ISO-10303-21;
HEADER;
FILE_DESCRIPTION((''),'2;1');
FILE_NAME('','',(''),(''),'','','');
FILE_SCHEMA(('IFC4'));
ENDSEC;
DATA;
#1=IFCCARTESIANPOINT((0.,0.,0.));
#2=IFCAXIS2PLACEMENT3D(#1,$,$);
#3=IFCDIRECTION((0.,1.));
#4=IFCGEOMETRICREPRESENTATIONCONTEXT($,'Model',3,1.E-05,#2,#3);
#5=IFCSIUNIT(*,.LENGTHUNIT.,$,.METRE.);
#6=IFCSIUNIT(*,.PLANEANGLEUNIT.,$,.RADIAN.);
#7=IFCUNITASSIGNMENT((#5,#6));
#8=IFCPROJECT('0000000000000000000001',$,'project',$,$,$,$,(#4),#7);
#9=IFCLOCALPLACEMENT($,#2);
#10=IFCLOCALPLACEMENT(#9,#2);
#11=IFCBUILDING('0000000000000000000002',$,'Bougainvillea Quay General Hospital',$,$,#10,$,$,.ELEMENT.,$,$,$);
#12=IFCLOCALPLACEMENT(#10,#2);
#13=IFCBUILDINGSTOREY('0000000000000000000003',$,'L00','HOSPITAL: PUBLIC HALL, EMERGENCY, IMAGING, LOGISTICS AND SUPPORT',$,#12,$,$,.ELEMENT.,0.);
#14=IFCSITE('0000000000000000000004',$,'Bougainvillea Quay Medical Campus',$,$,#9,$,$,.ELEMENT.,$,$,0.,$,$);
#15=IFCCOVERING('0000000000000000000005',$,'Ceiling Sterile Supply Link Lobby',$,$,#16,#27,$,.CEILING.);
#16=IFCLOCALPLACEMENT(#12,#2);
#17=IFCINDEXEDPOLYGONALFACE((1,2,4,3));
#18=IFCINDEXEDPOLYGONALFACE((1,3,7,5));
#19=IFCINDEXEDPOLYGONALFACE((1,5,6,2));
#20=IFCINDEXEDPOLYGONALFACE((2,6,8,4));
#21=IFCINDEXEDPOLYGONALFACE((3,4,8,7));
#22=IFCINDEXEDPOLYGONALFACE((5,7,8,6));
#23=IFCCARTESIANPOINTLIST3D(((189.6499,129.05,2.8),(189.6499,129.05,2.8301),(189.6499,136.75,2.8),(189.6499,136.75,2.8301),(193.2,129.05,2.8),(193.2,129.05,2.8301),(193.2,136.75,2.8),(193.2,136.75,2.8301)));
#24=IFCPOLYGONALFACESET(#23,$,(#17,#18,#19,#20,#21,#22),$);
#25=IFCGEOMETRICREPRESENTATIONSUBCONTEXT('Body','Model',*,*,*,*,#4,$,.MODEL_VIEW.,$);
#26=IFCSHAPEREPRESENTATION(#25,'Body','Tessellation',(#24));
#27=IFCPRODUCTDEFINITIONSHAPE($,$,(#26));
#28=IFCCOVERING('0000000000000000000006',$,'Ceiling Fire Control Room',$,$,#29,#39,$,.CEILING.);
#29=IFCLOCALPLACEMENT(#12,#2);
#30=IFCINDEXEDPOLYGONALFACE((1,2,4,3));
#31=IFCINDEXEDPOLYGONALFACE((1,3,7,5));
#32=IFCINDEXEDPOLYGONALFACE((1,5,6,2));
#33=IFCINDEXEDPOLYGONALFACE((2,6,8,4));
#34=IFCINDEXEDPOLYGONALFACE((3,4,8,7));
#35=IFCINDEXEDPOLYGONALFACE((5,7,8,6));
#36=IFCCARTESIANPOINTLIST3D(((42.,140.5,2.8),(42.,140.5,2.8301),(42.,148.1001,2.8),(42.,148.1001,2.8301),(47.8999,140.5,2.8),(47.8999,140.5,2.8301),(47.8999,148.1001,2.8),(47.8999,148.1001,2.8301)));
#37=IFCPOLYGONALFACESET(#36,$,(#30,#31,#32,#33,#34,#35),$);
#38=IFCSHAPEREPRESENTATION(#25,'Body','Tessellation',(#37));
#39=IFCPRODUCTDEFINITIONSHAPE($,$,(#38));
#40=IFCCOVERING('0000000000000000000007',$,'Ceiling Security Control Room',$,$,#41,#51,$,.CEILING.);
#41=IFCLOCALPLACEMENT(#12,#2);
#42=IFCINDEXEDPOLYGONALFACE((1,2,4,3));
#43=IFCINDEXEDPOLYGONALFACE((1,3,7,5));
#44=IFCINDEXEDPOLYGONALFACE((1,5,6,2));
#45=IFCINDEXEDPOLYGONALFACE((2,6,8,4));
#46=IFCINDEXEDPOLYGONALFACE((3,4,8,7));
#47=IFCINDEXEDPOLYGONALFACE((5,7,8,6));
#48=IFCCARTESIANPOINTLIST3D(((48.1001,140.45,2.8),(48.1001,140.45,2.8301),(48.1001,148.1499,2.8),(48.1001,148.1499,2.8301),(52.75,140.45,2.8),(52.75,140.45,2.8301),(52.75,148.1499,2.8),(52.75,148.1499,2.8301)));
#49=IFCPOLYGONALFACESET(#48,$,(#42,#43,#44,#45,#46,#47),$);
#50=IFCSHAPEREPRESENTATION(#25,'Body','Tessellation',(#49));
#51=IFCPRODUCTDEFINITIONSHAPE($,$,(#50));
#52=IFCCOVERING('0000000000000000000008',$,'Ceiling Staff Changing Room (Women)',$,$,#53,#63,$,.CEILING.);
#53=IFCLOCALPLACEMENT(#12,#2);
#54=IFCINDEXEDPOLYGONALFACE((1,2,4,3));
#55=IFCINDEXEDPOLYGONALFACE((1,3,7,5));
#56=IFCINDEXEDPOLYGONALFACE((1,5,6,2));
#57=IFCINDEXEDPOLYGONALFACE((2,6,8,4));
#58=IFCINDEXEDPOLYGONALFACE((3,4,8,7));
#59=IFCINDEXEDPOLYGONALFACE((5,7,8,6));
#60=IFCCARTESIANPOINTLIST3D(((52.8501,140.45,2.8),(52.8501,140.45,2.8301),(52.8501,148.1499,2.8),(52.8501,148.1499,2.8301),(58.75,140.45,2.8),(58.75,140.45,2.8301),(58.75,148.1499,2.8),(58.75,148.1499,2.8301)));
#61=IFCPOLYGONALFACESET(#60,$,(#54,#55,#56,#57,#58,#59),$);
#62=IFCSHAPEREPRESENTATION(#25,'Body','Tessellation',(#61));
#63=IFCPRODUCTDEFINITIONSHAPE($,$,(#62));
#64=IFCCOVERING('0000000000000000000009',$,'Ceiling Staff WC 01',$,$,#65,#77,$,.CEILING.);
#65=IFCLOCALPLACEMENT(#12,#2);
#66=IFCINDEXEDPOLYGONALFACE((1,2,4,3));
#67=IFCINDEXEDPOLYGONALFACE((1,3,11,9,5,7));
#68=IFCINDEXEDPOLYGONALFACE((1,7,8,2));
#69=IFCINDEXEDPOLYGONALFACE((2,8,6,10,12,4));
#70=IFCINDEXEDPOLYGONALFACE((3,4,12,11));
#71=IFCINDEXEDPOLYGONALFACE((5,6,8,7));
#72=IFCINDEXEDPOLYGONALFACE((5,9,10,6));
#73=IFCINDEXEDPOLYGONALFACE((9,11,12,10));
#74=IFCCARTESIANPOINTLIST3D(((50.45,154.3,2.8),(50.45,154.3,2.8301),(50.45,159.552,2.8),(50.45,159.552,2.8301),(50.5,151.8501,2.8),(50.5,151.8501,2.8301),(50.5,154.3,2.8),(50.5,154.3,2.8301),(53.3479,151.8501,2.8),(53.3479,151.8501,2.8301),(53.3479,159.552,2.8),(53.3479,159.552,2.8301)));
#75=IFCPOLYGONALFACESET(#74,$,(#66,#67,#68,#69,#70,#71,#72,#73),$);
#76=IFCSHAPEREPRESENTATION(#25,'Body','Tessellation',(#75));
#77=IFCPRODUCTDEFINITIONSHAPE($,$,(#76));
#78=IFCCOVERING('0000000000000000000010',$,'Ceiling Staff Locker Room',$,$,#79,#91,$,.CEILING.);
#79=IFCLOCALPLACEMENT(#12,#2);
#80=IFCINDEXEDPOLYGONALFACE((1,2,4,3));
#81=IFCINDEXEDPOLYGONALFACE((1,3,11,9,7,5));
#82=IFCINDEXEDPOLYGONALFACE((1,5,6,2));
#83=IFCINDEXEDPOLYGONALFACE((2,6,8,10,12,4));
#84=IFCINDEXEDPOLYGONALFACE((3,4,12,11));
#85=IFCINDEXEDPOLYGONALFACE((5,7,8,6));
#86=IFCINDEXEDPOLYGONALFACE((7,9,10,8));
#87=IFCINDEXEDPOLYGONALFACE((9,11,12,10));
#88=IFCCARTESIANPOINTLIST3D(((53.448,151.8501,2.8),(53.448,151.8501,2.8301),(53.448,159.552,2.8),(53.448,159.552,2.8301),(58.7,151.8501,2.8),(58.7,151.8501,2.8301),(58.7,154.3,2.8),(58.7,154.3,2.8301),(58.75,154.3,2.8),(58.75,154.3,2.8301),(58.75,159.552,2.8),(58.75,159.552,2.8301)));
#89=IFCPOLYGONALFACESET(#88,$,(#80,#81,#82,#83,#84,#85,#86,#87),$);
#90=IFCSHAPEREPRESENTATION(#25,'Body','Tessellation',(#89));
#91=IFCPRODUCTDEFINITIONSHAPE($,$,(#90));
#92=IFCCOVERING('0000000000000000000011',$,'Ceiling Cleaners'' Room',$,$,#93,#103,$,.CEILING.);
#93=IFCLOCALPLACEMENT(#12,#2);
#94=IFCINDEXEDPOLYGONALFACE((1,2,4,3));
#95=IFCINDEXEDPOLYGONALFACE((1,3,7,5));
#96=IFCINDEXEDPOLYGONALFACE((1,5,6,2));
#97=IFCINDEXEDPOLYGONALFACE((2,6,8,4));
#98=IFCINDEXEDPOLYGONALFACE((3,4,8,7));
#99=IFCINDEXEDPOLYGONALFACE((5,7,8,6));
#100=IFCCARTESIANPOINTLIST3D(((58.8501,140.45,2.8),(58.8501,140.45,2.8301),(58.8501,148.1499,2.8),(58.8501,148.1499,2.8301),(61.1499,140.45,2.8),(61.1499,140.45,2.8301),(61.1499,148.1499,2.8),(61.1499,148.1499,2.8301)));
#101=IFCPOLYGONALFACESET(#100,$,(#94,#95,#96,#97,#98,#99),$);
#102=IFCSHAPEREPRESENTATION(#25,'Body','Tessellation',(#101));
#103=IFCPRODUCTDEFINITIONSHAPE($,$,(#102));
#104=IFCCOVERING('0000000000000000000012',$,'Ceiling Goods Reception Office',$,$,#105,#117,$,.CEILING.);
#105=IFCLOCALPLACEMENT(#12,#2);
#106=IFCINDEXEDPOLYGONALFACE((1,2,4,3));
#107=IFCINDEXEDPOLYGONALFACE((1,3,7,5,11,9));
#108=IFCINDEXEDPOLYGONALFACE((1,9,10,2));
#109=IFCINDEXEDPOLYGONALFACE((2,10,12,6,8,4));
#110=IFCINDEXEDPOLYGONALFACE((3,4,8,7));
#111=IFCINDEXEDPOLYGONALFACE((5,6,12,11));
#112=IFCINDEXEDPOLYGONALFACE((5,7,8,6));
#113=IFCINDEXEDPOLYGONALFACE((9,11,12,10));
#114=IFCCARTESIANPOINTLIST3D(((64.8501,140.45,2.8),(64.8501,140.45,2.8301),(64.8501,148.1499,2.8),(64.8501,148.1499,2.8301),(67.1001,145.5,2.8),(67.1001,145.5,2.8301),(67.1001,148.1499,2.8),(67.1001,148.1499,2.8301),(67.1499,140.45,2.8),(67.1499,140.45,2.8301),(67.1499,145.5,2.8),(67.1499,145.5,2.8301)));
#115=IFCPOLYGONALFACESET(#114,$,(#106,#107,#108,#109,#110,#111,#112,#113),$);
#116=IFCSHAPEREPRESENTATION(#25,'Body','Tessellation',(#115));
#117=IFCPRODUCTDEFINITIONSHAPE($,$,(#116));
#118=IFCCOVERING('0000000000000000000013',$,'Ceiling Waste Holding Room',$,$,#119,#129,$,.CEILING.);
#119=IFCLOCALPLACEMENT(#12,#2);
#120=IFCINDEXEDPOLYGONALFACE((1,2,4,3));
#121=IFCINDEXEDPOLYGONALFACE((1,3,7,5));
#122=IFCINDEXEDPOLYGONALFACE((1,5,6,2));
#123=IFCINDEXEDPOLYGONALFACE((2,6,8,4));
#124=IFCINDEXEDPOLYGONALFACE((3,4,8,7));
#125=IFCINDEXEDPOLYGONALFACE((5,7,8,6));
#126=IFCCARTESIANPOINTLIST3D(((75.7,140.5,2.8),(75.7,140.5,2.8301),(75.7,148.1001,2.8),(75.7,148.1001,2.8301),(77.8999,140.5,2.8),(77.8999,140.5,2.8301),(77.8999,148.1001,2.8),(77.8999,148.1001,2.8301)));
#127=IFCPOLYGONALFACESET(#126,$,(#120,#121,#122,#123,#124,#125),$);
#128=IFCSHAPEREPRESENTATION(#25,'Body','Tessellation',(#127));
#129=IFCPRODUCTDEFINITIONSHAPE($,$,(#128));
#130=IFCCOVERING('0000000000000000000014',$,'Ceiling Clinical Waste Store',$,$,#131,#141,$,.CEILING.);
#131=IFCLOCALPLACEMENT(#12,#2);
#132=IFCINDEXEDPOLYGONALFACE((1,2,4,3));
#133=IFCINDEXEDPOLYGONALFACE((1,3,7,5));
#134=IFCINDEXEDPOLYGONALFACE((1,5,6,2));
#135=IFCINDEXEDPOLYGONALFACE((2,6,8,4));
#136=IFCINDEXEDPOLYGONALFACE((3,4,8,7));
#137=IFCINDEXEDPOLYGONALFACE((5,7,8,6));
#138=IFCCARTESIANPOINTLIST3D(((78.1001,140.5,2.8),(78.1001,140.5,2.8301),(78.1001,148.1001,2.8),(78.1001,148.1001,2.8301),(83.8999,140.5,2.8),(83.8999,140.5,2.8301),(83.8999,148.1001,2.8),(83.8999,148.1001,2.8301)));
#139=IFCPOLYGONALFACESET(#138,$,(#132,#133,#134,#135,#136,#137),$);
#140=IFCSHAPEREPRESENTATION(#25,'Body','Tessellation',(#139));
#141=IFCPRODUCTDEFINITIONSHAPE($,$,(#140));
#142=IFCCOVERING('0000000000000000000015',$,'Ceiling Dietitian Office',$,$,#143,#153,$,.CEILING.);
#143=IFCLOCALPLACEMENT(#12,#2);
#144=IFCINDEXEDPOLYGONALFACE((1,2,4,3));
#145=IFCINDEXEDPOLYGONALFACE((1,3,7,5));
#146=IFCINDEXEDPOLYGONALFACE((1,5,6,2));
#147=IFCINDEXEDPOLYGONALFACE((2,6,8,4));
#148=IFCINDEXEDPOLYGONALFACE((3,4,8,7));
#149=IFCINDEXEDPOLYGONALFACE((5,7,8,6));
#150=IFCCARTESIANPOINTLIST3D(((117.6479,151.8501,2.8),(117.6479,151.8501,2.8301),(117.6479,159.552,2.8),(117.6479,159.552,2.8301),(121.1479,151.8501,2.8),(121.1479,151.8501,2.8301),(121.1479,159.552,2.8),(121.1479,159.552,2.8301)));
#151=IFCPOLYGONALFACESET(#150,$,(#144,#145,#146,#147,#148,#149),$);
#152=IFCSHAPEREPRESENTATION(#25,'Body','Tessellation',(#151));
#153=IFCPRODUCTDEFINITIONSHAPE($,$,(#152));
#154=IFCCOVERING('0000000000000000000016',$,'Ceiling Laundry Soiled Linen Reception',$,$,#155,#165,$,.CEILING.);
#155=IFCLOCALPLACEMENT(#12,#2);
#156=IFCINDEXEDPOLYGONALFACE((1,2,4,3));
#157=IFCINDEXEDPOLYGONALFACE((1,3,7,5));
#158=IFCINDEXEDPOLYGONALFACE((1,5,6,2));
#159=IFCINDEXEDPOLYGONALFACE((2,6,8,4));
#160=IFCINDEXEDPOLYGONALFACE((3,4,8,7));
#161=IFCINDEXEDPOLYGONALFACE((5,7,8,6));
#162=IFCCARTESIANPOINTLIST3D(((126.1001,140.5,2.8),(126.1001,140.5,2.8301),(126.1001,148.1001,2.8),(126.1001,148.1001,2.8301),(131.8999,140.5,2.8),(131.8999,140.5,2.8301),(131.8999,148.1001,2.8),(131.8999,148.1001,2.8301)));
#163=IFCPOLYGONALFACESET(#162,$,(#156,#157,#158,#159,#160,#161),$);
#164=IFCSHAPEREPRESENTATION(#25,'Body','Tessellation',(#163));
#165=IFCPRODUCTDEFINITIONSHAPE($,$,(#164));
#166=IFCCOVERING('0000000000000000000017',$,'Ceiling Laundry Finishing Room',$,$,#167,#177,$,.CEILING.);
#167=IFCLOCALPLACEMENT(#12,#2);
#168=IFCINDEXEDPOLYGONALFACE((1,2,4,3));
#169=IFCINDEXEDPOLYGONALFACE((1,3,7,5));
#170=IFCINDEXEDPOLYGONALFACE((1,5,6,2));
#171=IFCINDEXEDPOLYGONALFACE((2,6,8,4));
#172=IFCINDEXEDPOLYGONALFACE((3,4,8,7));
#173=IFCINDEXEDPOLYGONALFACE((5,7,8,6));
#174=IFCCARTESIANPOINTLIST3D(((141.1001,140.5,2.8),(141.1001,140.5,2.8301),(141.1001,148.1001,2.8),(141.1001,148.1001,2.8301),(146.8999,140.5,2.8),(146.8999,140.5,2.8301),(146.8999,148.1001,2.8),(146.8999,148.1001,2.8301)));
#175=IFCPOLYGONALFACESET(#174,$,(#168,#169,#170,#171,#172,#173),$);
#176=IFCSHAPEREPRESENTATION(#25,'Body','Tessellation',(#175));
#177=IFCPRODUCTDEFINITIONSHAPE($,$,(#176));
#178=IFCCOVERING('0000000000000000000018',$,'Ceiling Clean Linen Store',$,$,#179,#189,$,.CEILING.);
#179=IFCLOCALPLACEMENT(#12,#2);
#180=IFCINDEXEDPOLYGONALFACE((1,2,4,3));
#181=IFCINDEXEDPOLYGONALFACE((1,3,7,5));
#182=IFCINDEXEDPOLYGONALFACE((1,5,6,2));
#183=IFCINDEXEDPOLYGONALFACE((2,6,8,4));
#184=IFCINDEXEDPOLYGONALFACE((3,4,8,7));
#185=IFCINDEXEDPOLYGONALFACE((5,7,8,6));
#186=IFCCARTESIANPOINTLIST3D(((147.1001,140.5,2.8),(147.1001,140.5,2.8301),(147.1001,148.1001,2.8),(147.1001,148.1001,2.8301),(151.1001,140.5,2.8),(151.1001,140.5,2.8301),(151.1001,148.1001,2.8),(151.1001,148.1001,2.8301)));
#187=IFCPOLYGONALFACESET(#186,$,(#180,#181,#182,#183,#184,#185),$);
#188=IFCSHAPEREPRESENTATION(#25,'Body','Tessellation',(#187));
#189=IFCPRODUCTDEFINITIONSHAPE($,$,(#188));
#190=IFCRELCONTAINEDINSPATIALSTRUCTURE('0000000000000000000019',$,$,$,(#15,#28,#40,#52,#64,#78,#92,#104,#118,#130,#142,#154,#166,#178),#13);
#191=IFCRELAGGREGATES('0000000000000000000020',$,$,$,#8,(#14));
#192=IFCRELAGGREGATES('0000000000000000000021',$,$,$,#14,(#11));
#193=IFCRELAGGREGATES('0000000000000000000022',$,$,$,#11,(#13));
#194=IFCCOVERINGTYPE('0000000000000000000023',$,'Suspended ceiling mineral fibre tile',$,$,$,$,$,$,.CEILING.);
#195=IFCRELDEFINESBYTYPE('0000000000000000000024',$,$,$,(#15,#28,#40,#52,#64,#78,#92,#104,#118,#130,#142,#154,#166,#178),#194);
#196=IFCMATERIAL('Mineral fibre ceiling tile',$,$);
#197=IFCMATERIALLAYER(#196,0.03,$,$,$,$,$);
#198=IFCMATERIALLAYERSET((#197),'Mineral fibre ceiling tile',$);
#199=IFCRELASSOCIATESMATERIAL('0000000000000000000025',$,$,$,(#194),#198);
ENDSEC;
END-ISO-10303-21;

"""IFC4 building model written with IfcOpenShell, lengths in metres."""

from ifc_helpers import new_model, si_unit, direction, frame, origin, place, context, subcontext, project, spatial, polyline, outline, extrude, material, layer, layer_set, type_object, element, save


model = new_model("IFC4")

# Units and contexts
model_context = context("Model", 3, precision=1e-05, world=origin(), true_north=direction((0.0, 1.0)))
body_context = subcontext(model_context, "Body", "Model", "MODEL_VIEW")
ifc_project = project(units=[si_unit("LENGTHUNIT", "METRE"), si_unit("PLANEANGLEUNIT", "RADIAN")], contexts=[model_context])

# Site, building, storey
site_placement = place(None, origin())
site = spatial("IfcSite", under=ifc_project, at=site_placement, Name="Bougainvillea Quay Medical Campus", CompositionType="ELEMENT", RefElevation=0.0)
building_placement = place(site_placement, origin())
building = spatial("IfcBuilding", under=site, at=building_placement, Name="Bougainvillea Quay General Hospital", CompositionType="ELEMENT")
storey_placement = place(building_placement, origin())
storey = spatial("IfcBuildingStorey", under=building, at=storey_placement, Name="L00", Description="HOSPITAL: PUBLIC HALL, EMERGENCY, IMAGING, LOGISTICS AND SUPPORT", CompositionType="ELEMENT", Elevation=0.0)

# Coverings
ifc_material = material(Name="Mineral fibre ceiling tile")
ifc_layer = layer(ifc_material, 0.03)
ifc_layer_set = layer_set([ifc_layer], Name="Mineral fibre ceiling tile")
covering_type = type_object("IfcCoveringType", Name="Suspended ceiling mineral fibre tile", PredefinedType="CEILING", material=ifc_layer_set)
covering_1_placement = place(storey_placement, frame((0.0, 0.0, 2.8)))
element("IfcCovering", 1, at=covering_1_placement, inside=storey, type_object=covering_type, Name="Ceiling Sterile Supply Link Lobby", PredefinedType="CEILING", context=body_context, shape_type="SweptSolid", body=[
    extrude(outline(polyline([(193.2, 136.75), (189.6499, 136.75), (189.6499, 129.05), (193.2, 129.05), (193.2, 136.75)])), origin(), (0.0, 0.0, 1.0), 0.03),
])
covering_2_placement = place(storey_placement, frame((0.0, 0.0, 2.8)))
element("IfcCovering", 2, at=covering_2_placement, inside=storey, type_object=covering_type, Name="Ceiling Fire Control Room", PredefinedType="CEILING", context=body_context, shape_type="SweptSolid", body=[
    extrude(outline(polyline([(42.0, 140.5), (47.8999, 140.5), (47.8999, 148.1001), (42.0, 148.1001), (42.0, 140.5)])), origin(), (0.0, 0.0, 1.0), 0.03),
])
covering_3_placement = place(storey_placement, frame((0.0, 0.0, 2.8)))
element("IfcCovering", 3, at=covering_3_placement, inside=storey, type_object=covering_type, Name="Ceiling Security Control Room", PredefinedType="CEILING", context=body_context, shape_type="SweptSolid", body=[
    extrude(outline(polyline([(52.75, 140.45), (52.75, 148.1499), (48.1001, 148.1499), (48.1001, 140.45), (52.75, 140.45)])), origin(), (0.0, 0.0, 1.0), 0.03),
])
covering_4_placement = place(storey_placement, frame((0.0, 0.0, 2.8)))
element("IfcCovering", 4, at=covering_4_placement, inside=storey, type_object=covering_type, Name="Ceiling Staff Changing Room (Women)", PredefinedType="CEILING", context=body_context, shape_type="SweptSolid", body=[
    extrude(outline(polyline([(58.75, 140.45), (58.75, 148.1499), (52.8501, 148.1499), (52.8501, 140.45), (58.75, 140.45)])), origin(), (0.0, 0.0, 1.0), 0.03),
])
covering_5_placement = place(storey_placement, frame((0.0, 0.0, 2.8)))
element("IfcCovering", 5, at=covering_5_placement, inside=storey, type_object=covering_type, Name="Ceiling Staff WC 01", PredefinedType="CEILING", context=body_context, shape_type="SweptSolid", body=[
    extrude(outline(polyline([(53.3479, 151.8501), (53.3479, 159.552), (50.45, 159.552), (50.45, 154.3), (50.5, 154.3), (50.5, 151.8501), (53.3479, 151.8501)])), origin(), (0.0, 0.0, 1.0), 0.03),
])
covering_6_placement = place(storey_placement, frame((0.0, 0.0, 2.8)))
element("IfcCovering", 6, at=covering_6_placement, inside=storey, type_object=covering_type, Name="Ceiling Staff Locker Room", PredefinedType="CEILING", context=body_context, shape_type="SweptSolid", body=[
    extrude(outline(polyline([(58.75, 154.3), (58.75, 159.552), (53.448, 159.552), (53.448, 151.8501), (58.7, 151.8501), (58.7, 154.3), (58.75, 154.3)])), origin(), (0.0, 0.0, 1.0), 0.03),
])
covering_7_placement = place(storey_placement, frame((0.0, 0.0, 2.8)))
element("IfcCovering", 7, at=covering_7_placement, inside=storey, type_object=covering_type, Name="Ceiling Cleaners' Room", PredefinedType="CEILING", context=body_context, shape_type="SweptSolid", body=[
    extrude(outline(polyline([(61.1499, 140.45), (61.1499, 148.1499), (58.8501, 148.1499), (58.8501, 140.45), (61.1499, 140.45)])), origin(), (0.0, 0.0, 1.0), 0.03),
])
covering_8_placement = place(storey_placement, frame((0.0, 0.0, 2.8)))
element("IfcCovering", 8, at=covering_8_placement, inside=storey, type_object=covering_type, Name="Ceiling Goods Reception Office", PredefinedType="CEILING", context=body_context, shape_type="SweptSolid", body=[
    extrude(outline(polyline([(67.1499, 145.5), (67.1001, 145.5), (67.1001, 148.1499), (64.8501, 148.1499), (64.8501, 140.45), (67.1499, 140.45), (67.1499, 145.5)])), origin(), (0.0, 0.0, 1.0), 0.03),
])
covering_9_placement = place(storey_placement, frame((0.0, 0.0, 2.8)))
element("IfcCovering", 9, at=covering_9_placement, inside=storey, type_object=covering_type, Name="Ceiling Waste Holding Room", PredefinedType="CEILING", context=body_context, shape_type="SweptSolid", body=[
    extrude(outline(polyline([(77.8999, 140.5), (77.8999, 148.1001), (75.7, 148.1001), (75.7, 140.5), (77.8999, 140.5)])), origin(), (0.0, 0.0, 1.0), 0.03),
])
covering_10_placement = place(storey_placement, frame((0.0, 0.0, 2.8)))
element("IfcCovering", 10, at=covering_10_placement, inside=storey, type_object=covering_type, Name="Ceiling Clinical Waste Store", PredefinedType="CEILING", context=body_context, shape_type="SweptSolid", body=[
    extrude(outline(polyline([(78.1001, 148.1001), (78.1001, 140.5), (83.8999, 140.5), (83.8999, 148.1001), (78.1001, 148.1001)])), origin(), (0.0, 0.0, 1.0), 0.03),
])
covering_11_placement = place(storey_placement, frame((0.0, 0.0, 2.8)))
element("IfcCovering", 11, at=covering_11_placement, inside=storey, type_object=covering_type, Name="Ceiling Dietitian Office", PredefinedType="CEILING", context=body_context, shape_type="SweptSolid", body=[
    extrude(outline(polyline([(117.6479, 151.8501), (121.1479, 151.8501), (121.1479, 159.552), (117.6479, 159.552), (117.6479, 151.8501)])), origin(), (0.0, 0.0, 1.0), 0.03),
])
covering_12_placement = place(storey_placement, frame((0.0, 0.0, 2.8)))
element("IfcCovering", 12, at=covering_12_placement, inside=storey, type_object=covering_type, Name="Ceiling Laundry Soiled Linen Reception", PredefinedType="CEILING", context=body_context, shape_type="SweptSolid", body=[
    extrude(outline(polyline([(131.8999, 148.1001), (126.1001, 148.1001), (126.1001, 140.5), (131.8999, 140.5), (131.8999, 148.1001)])), origin(), (0.0, 0.0, 1.0), 0.03),
])
covering_13_placement = place(storey_placement, frame((0.0, 0.0, 2.8)))
element("IfcCovering", 13, at=covering_13_placement, inside=storey, type_object=covering_type, Name="Ceiling Laundry Finishing Room", PredefinedType="CEILING", context=body_context, shape_type="SweptSolid", body=[
    extrude(outline(polyline([(141.1001, 140.5), (146.8999, 140.5), (146.8999, 148.1001), (141.1001, 148.1001), (141.1001, 140.5)])), origin(), (0.0, 0.0, 1.0), 0.03),
])
covering_14_placement = place(storey_placement, frame((0.0, 0.0, 2.8)))
element("IfcCovering", 14, at=covering_14_placement, inside=storey, type_object=covering_type, Name="Ceiling Clean Linen Store", PredefinedType="CEILING", context=body_context, shape_type="SweptSolid", body=[
    extrude(outline(polyline([(147.1001, 148.1001), (147.1001, 140.5), (151.1001, 140.5), (151.1001, 148.1001), (147.1001, 148.1001)])), origin(), (0.0, 0.0, 1.0), 0.03),
])

save(model, "model.ifc")
